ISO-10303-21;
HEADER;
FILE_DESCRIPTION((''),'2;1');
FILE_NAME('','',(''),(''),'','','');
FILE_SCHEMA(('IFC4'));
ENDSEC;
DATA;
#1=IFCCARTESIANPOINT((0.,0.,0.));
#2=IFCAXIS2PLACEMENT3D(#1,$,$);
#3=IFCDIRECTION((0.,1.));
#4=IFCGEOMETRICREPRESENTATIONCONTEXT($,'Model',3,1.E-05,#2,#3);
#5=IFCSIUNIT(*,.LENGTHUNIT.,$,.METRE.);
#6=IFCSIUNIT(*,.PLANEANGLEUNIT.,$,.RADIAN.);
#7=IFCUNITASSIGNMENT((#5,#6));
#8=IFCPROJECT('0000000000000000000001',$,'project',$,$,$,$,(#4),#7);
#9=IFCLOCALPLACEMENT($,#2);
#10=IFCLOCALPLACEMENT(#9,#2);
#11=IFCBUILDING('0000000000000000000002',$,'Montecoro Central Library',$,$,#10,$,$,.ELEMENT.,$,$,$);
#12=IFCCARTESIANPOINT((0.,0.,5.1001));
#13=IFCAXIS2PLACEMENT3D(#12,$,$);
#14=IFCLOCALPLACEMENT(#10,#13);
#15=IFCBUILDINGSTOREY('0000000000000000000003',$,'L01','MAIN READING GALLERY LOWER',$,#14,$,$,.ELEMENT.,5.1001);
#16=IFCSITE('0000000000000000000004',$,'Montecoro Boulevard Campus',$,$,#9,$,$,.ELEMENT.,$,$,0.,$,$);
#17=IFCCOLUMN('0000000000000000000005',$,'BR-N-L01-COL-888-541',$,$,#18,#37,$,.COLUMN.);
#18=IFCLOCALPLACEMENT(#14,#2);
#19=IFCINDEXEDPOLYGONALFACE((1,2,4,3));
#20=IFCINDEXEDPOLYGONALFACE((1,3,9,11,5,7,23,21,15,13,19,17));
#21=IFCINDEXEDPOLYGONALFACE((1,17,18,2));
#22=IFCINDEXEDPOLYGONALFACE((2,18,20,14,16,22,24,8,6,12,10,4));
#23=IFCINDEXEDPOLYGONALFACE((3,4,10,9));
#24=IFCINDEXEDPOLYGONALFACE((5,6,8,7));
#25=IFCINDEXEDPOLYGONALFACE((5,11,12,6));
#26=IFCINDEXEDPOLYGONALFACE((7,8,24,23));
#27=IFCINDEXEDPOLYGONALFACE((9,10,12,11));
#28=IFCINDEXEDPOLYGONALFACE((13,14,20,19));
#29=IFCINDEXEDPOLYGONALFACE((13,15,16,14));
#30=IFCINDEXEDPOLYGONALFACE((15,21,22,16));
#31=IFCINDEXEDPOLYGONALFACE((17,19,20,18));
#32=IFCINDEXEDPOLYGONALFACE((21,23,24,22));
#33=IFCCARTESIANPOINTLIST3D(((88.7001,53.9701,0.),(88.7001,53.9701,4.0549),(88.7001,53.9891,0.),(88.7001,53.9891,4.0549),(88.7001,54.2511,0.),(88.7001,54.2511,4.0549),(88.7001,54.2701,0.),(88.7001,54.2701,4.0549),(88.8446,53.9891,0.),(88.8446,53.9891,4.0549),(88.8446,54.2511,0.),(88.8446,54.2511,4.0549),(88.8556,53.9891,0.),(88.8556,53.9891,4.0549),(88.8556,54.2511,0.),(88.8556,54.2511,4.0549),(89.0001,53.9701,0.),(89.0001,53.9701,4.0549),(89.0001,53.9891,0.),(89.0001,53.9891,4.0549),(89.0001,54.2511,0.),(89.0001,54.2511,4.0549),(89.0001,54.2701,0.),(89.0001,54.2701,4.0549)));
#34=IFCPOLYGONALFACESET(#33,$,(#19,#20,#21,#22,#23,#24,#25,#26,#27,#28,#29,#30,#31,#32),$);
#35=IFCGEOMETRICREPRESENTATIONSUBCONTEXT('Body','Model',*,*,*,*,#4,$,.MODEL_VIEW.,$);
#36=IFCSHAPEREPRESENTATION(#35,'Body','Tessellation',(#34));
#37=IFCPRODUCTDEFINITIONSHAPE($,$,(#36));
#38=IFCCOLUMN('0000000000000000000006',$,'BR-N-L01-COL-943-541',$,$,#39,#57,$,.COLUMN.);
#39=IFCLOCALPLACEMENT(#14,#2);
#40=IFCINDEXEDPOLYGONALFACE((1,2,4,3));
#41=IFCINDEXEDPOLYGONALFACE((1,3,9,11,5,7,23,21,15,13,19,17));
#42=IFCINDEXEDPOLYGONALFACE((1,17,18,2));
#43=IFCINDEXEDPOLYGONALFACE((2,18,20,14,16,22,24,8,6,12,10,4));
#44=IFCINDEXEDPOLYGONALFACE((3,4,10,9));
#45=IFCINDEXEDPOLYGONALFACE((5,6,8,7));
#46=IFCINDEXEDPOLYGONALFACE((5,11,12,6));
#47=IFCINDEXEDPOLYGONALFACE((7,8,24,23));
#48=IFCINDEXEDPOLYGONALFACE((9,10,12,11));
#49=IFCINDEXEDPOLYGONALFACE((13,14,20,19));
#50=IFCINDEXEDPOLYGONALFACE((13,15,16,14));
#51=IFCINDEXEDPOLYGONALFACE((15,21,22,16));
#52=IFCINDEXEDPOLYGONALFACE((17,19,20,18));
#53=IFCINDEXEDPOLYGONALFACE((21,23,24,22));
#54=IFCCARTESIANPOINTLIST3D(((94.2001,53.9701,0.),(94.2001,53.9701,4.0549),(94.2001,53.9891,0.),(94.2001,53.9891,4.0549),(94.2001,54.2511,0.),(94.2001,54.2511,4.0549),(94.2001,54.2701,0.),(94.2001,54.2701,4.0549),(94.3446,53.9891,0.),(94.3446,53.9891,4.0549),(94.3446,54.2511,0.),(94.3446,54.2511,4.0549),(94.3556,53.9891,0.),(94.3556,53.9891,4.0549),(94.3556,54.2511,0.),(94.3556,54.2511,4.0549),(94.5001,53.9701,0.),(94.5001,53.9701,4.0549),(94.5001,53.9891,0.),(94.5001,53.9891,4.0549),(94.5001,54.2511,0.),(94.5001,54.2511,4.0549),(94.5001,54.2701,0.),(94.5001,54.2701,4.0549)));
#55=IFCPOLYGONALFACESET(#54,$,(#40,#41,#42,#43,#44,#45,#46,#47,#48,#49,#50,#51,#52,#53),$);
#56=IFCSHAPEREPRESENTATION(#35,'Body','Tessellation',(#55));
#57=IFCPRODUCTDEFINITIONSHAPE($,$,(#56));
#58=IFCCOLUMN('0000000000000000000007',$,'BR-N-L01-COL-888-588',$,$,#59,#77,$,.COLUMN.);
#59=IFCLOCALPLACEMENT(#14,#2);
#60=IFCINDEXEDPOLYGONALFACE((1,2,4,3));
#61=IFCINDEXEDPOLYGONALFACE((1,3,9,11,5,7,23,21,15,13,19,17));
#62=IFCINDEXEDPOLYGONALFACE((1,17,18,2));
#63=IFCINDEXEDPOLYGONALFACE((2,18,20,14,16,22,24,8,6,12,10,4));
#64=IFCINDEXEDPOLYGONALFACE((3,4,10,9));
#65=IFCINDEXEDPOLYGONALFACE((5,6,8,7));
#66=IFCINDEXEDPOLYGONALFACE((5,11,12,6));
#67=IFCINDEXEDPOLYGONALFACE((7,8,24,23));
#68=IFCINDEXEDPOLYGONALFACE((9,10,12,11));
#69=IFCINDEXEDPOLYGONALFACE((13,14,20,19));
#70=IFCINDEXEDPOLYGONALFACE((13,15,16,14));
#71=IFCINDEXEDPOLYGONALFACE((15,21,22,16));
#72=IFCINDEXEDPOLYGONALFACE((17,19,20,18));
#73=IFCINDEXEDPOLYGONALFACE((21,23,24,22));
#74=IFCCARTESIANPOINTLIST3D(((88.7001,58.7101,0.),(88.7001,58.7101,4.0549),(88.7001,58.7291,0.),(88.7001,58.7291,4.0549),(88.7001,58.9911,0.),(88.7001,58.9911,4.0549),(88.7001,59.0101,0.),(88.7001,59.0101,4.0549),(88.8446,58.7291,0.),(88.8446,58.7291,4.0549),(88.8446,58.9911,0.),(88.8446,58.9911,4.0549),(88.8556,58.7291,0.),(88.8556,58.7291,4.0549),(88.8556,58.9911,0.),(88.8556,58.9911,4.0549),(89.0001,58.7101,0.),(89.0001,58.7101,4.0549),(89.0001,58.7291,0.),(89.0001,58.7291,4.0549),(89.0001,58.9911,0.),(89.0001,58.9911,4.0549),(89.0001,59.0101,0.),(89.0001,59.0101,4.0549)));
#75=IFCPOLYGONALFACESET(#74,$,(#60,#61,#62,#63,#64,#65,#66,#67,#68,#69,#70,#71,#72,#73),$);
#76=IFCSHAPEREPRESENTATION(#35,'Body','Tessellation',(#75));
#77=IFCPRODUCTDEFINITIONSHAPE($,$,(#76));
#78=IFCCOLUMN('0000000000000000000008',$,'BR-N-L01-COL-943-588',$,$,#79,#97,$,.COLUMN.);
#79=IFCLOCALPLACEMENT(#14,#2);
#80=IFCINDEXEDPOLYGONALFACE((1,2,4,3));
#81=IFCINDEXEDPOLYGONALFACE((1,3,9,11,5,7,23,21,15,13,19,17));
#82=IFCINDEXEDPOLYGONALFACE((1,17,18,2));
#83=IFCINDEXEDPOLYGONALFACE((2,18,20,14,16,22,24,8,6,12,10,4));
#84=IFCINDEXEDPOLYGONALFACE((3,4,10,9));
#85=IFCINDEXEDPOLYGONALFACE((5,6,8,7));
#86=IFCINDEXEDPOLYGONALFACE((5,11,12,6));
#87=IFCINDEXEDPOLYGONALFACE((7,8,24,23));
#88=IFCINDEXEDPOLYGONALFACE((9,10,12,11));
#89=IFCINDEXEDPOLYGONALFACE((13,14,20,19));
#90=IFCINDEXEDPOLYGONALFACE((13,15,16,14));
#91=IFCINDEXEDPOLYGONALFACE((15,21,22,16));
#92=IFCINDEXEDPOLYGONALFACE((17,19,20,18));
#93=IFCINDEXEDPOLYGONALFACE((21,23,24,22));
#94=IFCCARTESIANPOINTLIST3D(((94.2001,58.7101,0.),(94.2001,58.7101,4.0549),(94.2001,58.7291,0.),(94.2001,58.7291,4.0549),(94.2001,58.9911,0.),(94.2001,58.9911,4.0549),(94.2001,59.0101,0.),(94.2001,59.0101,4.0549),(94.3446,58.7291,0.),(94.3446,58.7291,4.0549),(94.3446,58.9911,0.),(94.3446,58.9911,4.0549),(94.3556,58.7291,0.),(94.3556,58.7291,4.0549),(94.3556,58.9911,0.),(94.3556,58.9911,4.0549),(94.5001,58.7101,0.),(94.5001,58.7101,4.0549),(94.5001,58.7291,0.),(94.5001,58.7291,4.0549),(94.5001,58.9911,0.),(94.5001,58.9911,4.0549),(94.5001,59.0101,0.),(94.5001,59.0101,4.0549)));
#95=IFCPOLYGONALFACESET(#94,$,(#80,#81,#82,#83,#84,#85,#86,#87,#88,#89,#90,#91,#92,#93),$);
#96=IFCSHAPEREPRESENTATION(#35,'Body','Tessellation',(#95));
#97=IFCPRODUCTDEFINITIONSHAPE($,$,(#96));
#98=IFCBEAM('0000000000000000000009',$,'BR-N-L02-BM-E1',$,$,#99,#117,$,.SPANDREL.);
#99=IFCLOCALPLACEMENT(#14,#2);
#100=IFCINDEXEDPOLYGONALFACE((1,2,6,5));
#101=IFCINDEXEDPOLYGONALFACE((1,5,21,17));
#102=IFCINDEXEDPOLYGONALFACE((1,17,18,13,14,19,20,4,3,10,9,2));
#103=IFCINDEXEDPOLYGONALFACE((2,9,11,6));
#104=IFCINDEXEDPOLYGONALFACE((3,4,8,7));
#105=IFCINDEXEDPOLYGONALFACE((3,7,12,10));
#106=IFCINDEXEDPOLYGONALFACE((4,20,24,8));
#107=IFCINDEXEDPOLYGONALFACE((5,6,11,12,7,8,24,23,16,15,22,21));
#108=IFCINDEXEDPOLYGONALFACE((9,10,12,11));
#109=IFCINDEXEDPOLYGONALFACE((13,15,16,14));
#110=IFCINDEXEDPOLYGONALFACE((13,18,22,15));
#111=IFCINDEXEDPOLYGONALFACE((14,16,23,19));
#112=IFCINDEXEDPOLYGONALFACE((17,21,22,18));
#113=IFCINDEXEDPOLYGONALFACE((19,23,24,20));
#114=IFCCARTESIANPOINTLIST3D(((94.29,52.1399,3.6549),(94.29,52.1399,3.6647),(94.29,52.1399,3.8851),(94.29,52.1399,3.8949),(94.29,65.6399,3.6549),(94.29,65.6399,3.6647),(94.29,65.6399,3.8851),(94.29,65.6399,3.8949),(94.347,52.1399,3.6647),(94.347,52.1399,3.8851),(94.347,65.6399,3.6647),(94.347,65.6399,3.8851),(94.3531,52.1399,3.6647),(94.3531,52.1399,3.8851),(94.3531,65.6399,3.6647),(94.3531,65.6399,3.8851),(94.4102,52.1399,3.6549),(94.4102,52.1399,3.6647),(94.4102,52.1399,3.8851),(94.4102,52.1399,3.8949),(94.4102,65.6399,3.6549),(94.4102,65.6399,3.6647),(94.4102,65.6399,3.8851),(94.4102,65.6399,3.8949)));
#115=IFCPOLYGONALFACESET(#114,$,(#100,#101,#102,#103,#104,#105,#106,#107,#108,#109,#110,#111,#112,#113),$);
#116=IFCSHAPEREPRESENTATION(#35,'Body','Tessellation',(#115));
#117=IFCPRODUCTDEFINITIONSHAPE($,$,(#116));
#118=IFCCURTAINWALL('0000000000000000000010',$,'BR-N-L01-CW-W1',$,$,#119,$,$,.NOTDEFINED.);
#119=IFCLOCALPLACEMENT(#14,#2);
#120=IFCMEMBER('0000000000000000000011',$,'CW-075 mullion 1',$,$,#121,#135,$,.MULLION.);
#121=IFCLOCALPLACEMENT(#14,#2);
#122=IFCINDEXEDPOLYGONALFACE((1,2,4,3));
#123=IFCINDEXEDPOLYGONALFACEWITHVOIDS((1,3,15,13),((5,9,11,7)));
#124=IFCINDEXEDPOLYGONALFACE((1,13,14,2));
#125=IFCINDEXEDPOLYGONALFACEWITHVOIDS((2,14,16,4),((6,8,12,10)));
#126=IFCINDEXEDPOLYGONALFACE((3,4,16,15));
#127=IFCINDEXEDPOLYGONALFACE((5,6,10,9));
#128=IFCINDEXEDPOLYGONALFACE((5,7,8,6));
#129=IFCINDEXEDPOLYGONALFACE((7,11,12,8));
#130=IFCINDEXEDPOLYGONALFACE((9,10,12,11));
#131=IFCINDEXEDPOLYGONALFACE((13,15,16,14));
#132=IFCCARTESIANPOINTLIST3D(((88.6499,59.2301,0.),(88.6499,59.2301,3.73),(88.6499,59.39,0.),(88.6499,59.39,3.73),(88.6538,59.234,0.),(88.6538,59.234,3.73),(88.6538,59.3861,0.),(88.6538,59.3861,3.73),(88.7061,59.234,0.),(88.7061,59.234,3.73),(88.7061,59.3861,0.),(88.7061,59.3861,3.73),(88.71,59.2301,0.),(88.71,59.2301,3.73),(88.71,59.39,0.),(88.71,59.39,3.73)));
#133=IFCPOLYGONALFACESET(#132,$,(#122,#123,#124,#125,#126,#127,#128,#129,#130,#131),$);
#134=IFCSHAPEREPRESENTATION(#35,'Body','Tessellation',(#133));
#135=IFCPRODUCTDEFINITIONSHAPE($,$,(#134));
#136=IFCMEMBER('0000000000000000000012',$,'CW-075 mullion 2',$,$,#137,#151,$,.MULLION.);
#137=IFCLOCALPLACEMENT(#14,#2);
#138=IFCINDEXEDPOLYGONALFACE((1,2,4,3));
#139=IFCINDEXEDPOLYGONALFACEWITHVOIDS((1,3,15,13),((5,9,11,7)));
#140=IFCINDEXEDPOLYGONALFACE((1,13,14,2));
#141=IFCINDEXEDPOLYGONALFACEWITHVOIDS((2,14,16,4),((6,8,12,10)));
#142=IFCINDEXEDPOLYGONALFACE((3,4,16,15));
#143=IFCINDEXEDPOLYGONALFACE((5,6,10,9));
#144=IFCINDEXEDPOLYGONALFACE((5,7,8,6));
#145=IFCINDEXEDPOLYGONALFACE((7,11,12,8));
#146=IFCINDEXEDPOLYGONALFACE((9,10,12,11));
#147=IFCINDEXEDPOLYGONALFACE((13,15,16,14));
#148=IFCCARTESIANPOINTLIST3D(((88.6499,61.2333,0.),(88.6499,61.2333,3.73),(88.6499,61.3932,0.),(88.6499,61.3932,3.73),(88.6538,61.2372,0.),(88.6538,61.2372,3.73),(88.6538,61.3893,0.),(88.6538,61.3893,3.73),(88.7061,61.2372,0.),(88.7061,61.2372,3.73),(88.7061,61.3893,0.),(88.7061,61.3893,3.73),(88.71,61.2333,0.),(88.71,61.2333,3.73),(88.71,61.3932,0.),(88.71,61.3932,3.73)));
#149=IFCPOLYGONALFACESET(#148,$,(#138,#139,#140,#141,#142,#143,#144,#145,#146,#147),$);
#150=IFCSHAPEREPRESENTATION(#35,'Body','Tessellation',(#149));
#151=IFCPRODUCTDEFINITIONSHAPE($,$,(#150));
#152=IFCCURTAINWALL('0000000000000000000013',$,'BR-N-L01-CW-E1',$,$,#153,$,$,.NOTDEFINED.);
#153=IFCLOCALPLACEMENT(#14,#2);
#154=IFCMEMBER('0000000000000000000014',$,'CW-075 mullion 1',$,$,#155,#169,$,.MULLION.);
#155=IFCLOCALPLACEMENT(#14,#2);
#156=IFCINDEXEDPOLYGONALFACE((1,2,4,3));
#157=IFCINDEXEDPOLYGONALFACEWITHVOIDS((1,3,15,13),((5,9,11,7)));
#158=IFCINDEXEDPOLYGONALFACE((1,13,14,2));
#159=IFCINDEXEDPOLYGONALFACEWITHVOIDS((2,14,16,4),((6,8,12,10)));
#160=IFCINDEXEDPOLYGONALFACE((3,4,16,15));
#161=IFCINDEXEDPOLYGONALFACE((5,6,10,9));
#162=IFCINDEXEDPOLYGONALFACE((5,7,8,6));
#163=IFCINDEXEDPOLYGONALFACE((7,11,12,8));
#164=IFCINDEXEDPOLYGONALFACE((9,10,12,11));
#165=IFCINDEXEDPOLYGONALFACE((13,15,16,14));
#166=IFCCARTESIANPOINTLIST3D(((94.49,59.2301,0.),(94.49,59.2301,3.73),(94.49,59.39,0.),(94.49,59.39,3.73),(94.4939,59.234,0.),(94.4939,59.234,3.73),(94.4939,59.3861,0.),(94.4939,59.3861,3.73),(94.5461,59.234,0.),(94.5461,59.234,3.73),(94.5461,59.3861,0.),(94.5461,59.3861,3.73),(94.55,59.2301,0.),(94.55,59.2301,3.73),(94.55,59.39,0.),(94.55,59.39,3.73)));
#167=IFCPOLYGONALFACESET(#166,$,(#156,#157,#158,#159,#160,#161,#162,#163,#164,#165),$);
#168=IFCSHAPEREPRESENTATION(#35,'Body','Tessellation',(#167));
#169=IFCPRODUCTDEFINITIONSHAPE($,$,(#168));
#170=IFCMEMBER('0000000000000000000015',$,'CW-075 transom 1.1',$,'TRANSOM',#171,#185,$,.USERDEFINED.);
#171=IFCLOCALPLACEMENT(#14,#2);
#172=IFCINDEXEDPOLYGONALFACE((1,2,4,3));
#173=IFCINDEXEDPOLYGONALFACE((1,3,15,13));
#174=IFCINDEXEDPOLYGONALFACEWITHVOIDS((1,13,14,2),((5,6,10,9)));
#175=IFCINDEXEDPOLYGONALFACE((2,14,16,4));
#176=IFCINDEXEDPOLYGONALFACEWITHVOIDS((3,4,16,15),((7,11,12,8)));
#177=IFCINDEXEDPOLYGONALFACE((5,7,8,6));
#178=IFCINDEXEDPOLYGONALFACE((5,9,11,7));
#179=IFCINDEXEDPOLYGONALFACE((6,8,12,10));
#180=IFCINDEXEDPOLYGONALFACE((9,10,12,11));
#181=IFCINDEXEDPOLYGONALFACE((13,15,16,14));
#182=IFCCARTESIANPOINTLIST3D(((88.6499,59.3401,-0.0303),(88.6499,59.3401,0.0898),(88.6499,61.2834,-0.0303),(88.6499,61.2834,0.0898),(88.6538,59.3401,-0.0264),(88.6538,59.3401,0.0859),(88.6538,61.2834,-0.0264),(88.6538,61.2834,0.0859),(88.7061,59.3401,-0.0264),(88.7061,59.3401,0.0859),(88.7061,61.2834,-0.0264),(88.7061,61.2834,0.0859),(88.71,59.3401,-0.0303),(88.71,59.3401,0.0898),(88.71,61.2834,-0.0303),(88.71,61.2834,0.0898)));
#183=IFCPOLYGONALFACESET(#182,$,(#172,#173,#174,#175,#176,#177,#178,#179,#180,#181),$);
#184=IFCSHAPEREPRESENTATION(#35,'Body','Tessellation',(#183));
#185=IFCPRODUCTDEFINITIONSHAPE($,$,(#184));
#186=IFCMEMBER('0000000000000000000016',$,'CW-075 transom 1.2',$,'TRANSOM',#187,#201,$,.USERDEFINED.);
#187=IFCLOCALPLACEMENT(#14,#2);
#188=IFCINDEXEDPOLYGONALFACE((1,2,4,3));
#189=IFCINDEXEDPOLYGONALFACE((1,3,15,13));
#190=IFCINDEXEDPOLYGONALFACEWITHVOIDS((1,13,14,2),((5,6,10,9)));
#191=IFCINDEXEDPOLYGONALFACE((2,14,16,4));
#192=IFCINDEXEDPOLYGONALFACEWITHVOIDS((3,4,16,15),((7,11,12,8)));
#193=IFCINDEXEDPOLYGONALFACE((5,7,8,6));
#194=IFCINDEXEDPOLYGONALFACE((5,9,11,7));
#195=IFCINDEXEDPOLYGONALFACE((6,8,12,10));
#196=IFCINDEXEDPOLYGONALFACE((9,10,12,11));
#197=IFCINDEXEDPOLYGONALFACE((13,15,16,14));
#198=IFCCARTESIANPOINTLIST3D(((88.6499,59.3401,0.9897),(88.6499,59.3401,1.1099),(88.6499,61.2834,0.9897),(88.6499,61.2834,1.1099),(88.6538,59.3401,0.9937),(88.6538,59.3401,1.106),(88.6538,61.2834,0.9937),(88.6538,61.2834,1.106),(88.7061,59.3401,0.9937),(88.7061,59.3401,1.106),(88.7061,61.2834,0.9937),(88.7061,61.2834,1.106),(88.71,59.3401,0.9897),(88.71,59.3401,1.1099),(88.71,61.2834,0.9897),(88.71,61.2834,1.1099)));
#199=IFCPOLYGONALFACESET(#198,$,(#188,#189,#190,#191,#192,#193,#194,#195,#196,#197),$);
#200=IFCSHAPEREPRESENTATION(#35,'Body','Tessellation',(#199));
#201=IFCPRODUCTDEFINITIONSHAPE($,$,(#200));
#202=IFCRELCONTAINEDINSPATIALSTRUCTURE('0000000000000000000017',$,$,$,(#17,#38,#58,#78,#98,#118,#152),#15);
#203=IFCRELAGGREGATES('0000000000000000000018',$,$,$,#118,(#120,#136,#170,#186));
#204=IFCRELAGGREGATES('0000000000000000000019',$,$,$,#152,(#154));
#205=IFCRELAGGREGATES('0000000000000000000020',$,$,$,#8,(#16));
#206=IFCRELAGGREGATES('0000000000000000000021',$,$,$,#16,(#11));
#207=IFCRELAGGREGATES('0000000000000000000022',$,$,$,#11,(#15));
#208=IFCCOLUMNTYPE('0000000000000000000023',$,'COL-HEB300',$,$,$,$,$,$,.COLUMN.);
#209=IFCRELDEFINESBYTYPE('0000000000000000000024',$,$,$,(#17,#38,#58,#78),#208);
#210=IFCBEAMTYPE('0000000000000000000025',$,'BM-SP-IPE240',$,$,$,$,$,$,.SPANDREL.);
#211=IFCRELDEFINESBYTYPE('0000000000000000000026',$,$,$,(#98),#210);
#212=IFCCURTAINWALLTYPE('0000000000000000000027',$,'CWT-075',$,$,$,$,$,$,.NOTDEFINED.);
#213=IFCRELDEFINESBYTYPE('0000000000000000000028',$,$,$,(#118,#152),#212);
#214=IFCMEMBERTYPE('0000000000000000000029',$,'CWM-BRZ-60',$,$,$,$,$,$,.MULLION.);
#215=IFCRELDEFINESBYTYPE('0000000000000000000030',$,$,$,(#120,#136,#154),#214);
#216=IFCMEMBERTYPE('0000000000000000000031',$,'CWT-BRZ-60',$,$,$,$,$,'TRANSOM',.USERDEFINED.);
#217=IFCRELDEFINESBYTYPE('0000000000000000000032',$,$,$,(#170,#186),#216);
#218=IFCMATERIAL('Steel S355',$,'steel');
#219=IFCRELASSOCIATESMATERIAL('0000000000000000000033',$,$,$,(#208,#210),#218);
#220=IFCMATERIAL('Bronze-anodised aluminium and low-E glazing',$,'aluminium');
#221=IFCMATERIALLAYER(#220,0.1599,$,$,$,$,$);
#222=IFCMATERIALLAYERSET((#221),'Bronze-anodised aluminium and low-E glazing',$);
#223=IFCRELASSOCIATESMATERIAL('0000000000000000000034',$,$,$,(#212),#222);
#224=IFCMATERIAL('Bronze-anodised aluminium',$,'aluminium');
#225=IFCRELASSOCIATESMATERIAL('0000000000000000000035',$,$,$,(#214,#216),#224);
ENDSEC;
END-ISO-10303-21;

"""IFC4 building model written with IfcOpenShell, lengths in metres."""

from ifc_helpers import new_model, si_unit, direction, frame, origin, origin_2d, place, context, subcontext, project, spatial, hollow_rectangle, i_section, extrude, material, layer, layer_set, material_profile, profile_set, type_object, element, aggregate, save


model = new_model("IFC4")

# Units and contexts
model_context = context("Model", 3, precision=1e-05, world=origin(), true_north=direction((0.0, 1.0)))
body_context = subcontext(model_context, "Body", "Model", "MODEL_VIEW")
ifc_project = project(units=[si_unit("LENGTHUNIT", "METRE"), si_unit("PLANEANGLEUNIT", "RADIAN")], contexts=[model_context])

# Site, building, storey
site_placement = place(None, origin())
site = spatial("IfcSite", under=ifc_project, at=site_placement, Name="Montecoro Boulevard Campus", CompositionType="ELEMENT", RefElevation=0.0)
building_placement = place(site_placement, origin())
building = spatial("IfcBuilding", under=site, at=building_placement, Name="Montecoro Central Library", CompositionType="ELEMENT")
storey_placement = place(building_placement, frame((0.0, 0.0, 5.1001)))
storey = spatial("IfcBuildingStorey", under=building, at=storey_placement, Name="L01", Description="MAIN READING GALLERY LOWER", CompositionType="ELEMENT", Elevation=5.1001)

# Columns
ifc_material_1 = material(Name="Steel S355", Category="steel")
ifc_material_profile_1 = material_profile(ifc_material_1, i_section(OverallWidth=0.3, OverallDepth=0.3, WebThickness=0.011, FlangeThickness=0.019, at=origin_2d()), Name="HEB 300")
ifc_profile_set_1 = profile_set([ifc_material_profile_1], Name="Steel S355")
column_type = type_object("IfcColumnType", Name="COL-HEB300", PredefinedType="COLUMN", material=ifc_profile_set_1)
for number, where, z_axis, x_axis, name in (
    (1, (88.8501, 54.1201, 0.0), (0.0, 0.0, 1.0), (1.0, 0.0, 0.0), "BR-N-L01-COL-888-541"),
    (2, (94.3501, 54.1201, 0.0), (0.0, 0.0, 1.0), (1.0, 0.0, 0.0), "BR-N-L01-COL-943-541"),
    (3, (88.8501, 58.8601, 0.0), (0.0, 0.0, 1.0), (1.0, 0.0, 0.0), "BR-N-L01-COL-888-588"),
    (4, (94.3501, 58.8601, 0.0), (0.0, 0.0, 1.0), (1.0, 0.0, 0.0), "BR-N-L01-COL-943-588"),
):
    element("IfcColumn", number, at=place(storey_placement, frame(where, z_axis=z_axis, x_axis=x_axis)), inside=storey, type_object=column_type, Name=name, PredefinedType="COLUMN", context=body_context, shape_type="SweptSolid", body=[
        extrude(i_section(OverallWidth=0.3, OverallDepth=0.3, WebThickness=0.011, FlangeThickness=0.019, at=origin_2d()), origin(), (0.0, 0.0, 1.0), 4.0549),
    ])

# Beam
ifc_material_profile_2 = material_profile(ifc_material_1, i_section(OverallWidth=0.1201, OverallDepth=0.24, WebThickness=0.0061, FlangeThickness=0.0098, at=origin_2d()), Name="IPE 240")
ifc_profile_set_2 = profile_set([ifc_material_profile_2], Name="Steel S355")
beam_type = type_object("IfcBeamType", Name="BM-SP-IPE240", PredefinedType="SPANDREL", material=ifc_profile_set_2)
beam_placement = place(storey_placement, frame((94.3501, 52.1399, 3.7749), z_axis=(0.0, 1.0, 0.0), x_axis=(-1.0, 0.0, 0.0)))
element("IfcBeam", 5, at=beam_placement, inside=storey, type_object=beam_type, Name="BR-N-L02-BM-E1", PredefinedType="SPANDREL", context=body_context, shape_type="SweptSolid", body=[
    extrude(i_section(OverallWidth=0.1201, OverallDepth=0.24, WebThickness=0.0061, FlangeThickness=0.0098, at=origin_2d()), origin(), (0.0, 0.0, 1.0), 13.5),
])

# Curtain wall, members
ifc_material_2 = material(Name="Bronze-anodised aluminium and low-E glazing", Category="aluminium")
ifc_layer_1 = layer(ifc_material_2, 0.1599)
ifc_layer_set_1 = layer_set([ifc_layer_1], Name="Bronze-anodised aluminium and low-E glazing")
curtain_wall_type = type_object("IfcCurtainWallType", Name="CWT-075", PredefinedType="NOTDEFINED", material=ifc_layer_set_1)
curtain_wall_1_placement = place(storey_placement, origin())
curtain_wall_1 = element("IfcCurtainWall", 6, at=curtain_wall_1_placement, inside=storey, type_object=curtain_wall_type, Name="BR-N-L01-CW-W1", PredefinedType="NOTDEFINED")
ifc_material_3 = material(Name="Bronze-anodised aluminium", Category="aluminium")
ifc_material_profile_3 = material_profile(ifc_material_3, hollow_rectangle(XDim=0.0601, YDim=0.1599, WallThickness=0.0039, at=origin_2d()), Name="CWM 160x60x4.0")
ifc_profile_set_3 = profile_set([ifc_material_profile_3], Name="Bronze-anodised aluminium")
member_type_1 = type_object("IfcMemberType", Name="CWM-BRZ-60", PredefinedType="MULLION", material=ifc_profile_set_3)
member_1_placement = place(storey_placement, frame((88.6799, 59.3101, 0.0), z_axis=(0.0, 0.0, 1.0), x_axis=(-1.0, 0.0, 0.0)))
member_1 = element("IfcMember", 7, at=member_1_placement, type_object=member_type_1, Name="CW-075 mullion 1", PredefinedType="MULLION", context=body_context, shape_type="SweptSolid", body=[
    extrude(hollow_rectangle(XDim=0.0601, YDim=0.1599, WallThickness=0.0039, at=origin_2d()), origin(), (0.0, 0.0, 1.0), 3.73),
])
member_2_placement = place(storey_placement, frame((88.6799, 61.3132, 0.0), z_axis=(0.0, 0.0, 1.0), x_axis=(-1.0, 0.0, 0.0)))
member_2 = element("IfcMember", 8, at=member_2_placement, type_object=member_type_1, Name="CW-075 mullion 2", PredefinedType="MULLION", context=body_context, shape_type="SweptSolid", body=[
    extrude(hollow_rectangle(XDim=0.0601, YDim=0.1599, WallThickness=0.0039, at=origin_2d()), origin(), (0.0, 0.0, 1.0), 3.73),
])

# Curtain wall, member
curtain_wall_2_placement = place(storey_placement, origin())
curtain_wall_2 = element("IfcCurtainWall", 9, at=curtain_wall_2_placement, inside=storey, type_object=curtain_wall_type, Name="BR-N-L01-CW-E1", PredefinedType="NOTDEFINED")
member_3_placement = place(storey_placement, frame((94.52, 59.3101, 0.0), z_axis=(0.0, 0.0, 1.0), x_axis=(-1.0, 0.0, 0.0)))
member_3 = element("IfcMember", 10, at=member_3_placement, type_object=member_type_1, Name="CW-075 mullion 1", PredefinedType="MULLION", context=body_context, shape_type="SweptSolid", body=[
    extrude(hollow_rectangle(XDim=0.0601, YDim=0.1599, WallThickness=0.0039, at=origin_2d()), origin(), (0.0, 0.0, 1.0), 3.73),
])

# Members
ifc_material_profile_4 = material_profile(ifc_material_3, hollow_rectangle(XDim=0.0601, YDim=0.1201, WallThickness=0.0039, at=origin_2d()), Name="CWT 120x60x4.0")
ifc_profile_set_4 = profile_set([ifc_material_profile_4], Name="Bronze-anodised aluminium")
member_type_2 = type_object("IfcMemberType", Name="CWT-BRZ-60", ElementType="TRANSOM", PredefinedType="USERDEFINED", material=ifc_profile_set_4)
member_4_placement = place(storey_placement, frame((88.6799, 59.3401, 0.0298), z_axis=(0.0, 1.0, 0.0), x_axis=(-1.0, 0.0, 0.0)))
member_4 = element("IfcMember", 11, at=member_4_placement, type_object=member_type_2, Name="CW-075 transom 1.1", ObjectType="TRANSOM", PredefinedType="USERDEFINED", context=body_context, shape_type="SweptSolid", body=[
    extrude(hollow_rectangle(XDim=0.0601, YDim=0.1201, WallThickness=0.0039, at=origin_2d()), origin(), (0.0, 0.0, 1.0), 1.9434),
])
member_5_placement = place(storey_placement, frame((88.6799, 59.3401, 1.0498), z_axis=(0.0, 1.0, 0.0), x_axis=(-1.0, 0.0, 0.0)))
member_5 = element("IfcMember", 12, at=member_5_placement, type_object=member_type_2, Name="CW-075 transom 1.2", ObjectType="TRANSOM", PredefinedType="USERDEFINED", context=body_context, shape_type="SweptSolid", body=[
    extrude(hollow_rectangle(XDim=0.0601, YDim=0.1201, WallThickness=0.0039, at=origin_2d()), origin(), (0.0, 0.0, 1.0), 1.9434),
])

aggregate(curtain_wall_1, [member_1, member_2, member_4, member_5])
aggregate(curtain_wall_2, [member_3])

save(model, "model.ifc")
